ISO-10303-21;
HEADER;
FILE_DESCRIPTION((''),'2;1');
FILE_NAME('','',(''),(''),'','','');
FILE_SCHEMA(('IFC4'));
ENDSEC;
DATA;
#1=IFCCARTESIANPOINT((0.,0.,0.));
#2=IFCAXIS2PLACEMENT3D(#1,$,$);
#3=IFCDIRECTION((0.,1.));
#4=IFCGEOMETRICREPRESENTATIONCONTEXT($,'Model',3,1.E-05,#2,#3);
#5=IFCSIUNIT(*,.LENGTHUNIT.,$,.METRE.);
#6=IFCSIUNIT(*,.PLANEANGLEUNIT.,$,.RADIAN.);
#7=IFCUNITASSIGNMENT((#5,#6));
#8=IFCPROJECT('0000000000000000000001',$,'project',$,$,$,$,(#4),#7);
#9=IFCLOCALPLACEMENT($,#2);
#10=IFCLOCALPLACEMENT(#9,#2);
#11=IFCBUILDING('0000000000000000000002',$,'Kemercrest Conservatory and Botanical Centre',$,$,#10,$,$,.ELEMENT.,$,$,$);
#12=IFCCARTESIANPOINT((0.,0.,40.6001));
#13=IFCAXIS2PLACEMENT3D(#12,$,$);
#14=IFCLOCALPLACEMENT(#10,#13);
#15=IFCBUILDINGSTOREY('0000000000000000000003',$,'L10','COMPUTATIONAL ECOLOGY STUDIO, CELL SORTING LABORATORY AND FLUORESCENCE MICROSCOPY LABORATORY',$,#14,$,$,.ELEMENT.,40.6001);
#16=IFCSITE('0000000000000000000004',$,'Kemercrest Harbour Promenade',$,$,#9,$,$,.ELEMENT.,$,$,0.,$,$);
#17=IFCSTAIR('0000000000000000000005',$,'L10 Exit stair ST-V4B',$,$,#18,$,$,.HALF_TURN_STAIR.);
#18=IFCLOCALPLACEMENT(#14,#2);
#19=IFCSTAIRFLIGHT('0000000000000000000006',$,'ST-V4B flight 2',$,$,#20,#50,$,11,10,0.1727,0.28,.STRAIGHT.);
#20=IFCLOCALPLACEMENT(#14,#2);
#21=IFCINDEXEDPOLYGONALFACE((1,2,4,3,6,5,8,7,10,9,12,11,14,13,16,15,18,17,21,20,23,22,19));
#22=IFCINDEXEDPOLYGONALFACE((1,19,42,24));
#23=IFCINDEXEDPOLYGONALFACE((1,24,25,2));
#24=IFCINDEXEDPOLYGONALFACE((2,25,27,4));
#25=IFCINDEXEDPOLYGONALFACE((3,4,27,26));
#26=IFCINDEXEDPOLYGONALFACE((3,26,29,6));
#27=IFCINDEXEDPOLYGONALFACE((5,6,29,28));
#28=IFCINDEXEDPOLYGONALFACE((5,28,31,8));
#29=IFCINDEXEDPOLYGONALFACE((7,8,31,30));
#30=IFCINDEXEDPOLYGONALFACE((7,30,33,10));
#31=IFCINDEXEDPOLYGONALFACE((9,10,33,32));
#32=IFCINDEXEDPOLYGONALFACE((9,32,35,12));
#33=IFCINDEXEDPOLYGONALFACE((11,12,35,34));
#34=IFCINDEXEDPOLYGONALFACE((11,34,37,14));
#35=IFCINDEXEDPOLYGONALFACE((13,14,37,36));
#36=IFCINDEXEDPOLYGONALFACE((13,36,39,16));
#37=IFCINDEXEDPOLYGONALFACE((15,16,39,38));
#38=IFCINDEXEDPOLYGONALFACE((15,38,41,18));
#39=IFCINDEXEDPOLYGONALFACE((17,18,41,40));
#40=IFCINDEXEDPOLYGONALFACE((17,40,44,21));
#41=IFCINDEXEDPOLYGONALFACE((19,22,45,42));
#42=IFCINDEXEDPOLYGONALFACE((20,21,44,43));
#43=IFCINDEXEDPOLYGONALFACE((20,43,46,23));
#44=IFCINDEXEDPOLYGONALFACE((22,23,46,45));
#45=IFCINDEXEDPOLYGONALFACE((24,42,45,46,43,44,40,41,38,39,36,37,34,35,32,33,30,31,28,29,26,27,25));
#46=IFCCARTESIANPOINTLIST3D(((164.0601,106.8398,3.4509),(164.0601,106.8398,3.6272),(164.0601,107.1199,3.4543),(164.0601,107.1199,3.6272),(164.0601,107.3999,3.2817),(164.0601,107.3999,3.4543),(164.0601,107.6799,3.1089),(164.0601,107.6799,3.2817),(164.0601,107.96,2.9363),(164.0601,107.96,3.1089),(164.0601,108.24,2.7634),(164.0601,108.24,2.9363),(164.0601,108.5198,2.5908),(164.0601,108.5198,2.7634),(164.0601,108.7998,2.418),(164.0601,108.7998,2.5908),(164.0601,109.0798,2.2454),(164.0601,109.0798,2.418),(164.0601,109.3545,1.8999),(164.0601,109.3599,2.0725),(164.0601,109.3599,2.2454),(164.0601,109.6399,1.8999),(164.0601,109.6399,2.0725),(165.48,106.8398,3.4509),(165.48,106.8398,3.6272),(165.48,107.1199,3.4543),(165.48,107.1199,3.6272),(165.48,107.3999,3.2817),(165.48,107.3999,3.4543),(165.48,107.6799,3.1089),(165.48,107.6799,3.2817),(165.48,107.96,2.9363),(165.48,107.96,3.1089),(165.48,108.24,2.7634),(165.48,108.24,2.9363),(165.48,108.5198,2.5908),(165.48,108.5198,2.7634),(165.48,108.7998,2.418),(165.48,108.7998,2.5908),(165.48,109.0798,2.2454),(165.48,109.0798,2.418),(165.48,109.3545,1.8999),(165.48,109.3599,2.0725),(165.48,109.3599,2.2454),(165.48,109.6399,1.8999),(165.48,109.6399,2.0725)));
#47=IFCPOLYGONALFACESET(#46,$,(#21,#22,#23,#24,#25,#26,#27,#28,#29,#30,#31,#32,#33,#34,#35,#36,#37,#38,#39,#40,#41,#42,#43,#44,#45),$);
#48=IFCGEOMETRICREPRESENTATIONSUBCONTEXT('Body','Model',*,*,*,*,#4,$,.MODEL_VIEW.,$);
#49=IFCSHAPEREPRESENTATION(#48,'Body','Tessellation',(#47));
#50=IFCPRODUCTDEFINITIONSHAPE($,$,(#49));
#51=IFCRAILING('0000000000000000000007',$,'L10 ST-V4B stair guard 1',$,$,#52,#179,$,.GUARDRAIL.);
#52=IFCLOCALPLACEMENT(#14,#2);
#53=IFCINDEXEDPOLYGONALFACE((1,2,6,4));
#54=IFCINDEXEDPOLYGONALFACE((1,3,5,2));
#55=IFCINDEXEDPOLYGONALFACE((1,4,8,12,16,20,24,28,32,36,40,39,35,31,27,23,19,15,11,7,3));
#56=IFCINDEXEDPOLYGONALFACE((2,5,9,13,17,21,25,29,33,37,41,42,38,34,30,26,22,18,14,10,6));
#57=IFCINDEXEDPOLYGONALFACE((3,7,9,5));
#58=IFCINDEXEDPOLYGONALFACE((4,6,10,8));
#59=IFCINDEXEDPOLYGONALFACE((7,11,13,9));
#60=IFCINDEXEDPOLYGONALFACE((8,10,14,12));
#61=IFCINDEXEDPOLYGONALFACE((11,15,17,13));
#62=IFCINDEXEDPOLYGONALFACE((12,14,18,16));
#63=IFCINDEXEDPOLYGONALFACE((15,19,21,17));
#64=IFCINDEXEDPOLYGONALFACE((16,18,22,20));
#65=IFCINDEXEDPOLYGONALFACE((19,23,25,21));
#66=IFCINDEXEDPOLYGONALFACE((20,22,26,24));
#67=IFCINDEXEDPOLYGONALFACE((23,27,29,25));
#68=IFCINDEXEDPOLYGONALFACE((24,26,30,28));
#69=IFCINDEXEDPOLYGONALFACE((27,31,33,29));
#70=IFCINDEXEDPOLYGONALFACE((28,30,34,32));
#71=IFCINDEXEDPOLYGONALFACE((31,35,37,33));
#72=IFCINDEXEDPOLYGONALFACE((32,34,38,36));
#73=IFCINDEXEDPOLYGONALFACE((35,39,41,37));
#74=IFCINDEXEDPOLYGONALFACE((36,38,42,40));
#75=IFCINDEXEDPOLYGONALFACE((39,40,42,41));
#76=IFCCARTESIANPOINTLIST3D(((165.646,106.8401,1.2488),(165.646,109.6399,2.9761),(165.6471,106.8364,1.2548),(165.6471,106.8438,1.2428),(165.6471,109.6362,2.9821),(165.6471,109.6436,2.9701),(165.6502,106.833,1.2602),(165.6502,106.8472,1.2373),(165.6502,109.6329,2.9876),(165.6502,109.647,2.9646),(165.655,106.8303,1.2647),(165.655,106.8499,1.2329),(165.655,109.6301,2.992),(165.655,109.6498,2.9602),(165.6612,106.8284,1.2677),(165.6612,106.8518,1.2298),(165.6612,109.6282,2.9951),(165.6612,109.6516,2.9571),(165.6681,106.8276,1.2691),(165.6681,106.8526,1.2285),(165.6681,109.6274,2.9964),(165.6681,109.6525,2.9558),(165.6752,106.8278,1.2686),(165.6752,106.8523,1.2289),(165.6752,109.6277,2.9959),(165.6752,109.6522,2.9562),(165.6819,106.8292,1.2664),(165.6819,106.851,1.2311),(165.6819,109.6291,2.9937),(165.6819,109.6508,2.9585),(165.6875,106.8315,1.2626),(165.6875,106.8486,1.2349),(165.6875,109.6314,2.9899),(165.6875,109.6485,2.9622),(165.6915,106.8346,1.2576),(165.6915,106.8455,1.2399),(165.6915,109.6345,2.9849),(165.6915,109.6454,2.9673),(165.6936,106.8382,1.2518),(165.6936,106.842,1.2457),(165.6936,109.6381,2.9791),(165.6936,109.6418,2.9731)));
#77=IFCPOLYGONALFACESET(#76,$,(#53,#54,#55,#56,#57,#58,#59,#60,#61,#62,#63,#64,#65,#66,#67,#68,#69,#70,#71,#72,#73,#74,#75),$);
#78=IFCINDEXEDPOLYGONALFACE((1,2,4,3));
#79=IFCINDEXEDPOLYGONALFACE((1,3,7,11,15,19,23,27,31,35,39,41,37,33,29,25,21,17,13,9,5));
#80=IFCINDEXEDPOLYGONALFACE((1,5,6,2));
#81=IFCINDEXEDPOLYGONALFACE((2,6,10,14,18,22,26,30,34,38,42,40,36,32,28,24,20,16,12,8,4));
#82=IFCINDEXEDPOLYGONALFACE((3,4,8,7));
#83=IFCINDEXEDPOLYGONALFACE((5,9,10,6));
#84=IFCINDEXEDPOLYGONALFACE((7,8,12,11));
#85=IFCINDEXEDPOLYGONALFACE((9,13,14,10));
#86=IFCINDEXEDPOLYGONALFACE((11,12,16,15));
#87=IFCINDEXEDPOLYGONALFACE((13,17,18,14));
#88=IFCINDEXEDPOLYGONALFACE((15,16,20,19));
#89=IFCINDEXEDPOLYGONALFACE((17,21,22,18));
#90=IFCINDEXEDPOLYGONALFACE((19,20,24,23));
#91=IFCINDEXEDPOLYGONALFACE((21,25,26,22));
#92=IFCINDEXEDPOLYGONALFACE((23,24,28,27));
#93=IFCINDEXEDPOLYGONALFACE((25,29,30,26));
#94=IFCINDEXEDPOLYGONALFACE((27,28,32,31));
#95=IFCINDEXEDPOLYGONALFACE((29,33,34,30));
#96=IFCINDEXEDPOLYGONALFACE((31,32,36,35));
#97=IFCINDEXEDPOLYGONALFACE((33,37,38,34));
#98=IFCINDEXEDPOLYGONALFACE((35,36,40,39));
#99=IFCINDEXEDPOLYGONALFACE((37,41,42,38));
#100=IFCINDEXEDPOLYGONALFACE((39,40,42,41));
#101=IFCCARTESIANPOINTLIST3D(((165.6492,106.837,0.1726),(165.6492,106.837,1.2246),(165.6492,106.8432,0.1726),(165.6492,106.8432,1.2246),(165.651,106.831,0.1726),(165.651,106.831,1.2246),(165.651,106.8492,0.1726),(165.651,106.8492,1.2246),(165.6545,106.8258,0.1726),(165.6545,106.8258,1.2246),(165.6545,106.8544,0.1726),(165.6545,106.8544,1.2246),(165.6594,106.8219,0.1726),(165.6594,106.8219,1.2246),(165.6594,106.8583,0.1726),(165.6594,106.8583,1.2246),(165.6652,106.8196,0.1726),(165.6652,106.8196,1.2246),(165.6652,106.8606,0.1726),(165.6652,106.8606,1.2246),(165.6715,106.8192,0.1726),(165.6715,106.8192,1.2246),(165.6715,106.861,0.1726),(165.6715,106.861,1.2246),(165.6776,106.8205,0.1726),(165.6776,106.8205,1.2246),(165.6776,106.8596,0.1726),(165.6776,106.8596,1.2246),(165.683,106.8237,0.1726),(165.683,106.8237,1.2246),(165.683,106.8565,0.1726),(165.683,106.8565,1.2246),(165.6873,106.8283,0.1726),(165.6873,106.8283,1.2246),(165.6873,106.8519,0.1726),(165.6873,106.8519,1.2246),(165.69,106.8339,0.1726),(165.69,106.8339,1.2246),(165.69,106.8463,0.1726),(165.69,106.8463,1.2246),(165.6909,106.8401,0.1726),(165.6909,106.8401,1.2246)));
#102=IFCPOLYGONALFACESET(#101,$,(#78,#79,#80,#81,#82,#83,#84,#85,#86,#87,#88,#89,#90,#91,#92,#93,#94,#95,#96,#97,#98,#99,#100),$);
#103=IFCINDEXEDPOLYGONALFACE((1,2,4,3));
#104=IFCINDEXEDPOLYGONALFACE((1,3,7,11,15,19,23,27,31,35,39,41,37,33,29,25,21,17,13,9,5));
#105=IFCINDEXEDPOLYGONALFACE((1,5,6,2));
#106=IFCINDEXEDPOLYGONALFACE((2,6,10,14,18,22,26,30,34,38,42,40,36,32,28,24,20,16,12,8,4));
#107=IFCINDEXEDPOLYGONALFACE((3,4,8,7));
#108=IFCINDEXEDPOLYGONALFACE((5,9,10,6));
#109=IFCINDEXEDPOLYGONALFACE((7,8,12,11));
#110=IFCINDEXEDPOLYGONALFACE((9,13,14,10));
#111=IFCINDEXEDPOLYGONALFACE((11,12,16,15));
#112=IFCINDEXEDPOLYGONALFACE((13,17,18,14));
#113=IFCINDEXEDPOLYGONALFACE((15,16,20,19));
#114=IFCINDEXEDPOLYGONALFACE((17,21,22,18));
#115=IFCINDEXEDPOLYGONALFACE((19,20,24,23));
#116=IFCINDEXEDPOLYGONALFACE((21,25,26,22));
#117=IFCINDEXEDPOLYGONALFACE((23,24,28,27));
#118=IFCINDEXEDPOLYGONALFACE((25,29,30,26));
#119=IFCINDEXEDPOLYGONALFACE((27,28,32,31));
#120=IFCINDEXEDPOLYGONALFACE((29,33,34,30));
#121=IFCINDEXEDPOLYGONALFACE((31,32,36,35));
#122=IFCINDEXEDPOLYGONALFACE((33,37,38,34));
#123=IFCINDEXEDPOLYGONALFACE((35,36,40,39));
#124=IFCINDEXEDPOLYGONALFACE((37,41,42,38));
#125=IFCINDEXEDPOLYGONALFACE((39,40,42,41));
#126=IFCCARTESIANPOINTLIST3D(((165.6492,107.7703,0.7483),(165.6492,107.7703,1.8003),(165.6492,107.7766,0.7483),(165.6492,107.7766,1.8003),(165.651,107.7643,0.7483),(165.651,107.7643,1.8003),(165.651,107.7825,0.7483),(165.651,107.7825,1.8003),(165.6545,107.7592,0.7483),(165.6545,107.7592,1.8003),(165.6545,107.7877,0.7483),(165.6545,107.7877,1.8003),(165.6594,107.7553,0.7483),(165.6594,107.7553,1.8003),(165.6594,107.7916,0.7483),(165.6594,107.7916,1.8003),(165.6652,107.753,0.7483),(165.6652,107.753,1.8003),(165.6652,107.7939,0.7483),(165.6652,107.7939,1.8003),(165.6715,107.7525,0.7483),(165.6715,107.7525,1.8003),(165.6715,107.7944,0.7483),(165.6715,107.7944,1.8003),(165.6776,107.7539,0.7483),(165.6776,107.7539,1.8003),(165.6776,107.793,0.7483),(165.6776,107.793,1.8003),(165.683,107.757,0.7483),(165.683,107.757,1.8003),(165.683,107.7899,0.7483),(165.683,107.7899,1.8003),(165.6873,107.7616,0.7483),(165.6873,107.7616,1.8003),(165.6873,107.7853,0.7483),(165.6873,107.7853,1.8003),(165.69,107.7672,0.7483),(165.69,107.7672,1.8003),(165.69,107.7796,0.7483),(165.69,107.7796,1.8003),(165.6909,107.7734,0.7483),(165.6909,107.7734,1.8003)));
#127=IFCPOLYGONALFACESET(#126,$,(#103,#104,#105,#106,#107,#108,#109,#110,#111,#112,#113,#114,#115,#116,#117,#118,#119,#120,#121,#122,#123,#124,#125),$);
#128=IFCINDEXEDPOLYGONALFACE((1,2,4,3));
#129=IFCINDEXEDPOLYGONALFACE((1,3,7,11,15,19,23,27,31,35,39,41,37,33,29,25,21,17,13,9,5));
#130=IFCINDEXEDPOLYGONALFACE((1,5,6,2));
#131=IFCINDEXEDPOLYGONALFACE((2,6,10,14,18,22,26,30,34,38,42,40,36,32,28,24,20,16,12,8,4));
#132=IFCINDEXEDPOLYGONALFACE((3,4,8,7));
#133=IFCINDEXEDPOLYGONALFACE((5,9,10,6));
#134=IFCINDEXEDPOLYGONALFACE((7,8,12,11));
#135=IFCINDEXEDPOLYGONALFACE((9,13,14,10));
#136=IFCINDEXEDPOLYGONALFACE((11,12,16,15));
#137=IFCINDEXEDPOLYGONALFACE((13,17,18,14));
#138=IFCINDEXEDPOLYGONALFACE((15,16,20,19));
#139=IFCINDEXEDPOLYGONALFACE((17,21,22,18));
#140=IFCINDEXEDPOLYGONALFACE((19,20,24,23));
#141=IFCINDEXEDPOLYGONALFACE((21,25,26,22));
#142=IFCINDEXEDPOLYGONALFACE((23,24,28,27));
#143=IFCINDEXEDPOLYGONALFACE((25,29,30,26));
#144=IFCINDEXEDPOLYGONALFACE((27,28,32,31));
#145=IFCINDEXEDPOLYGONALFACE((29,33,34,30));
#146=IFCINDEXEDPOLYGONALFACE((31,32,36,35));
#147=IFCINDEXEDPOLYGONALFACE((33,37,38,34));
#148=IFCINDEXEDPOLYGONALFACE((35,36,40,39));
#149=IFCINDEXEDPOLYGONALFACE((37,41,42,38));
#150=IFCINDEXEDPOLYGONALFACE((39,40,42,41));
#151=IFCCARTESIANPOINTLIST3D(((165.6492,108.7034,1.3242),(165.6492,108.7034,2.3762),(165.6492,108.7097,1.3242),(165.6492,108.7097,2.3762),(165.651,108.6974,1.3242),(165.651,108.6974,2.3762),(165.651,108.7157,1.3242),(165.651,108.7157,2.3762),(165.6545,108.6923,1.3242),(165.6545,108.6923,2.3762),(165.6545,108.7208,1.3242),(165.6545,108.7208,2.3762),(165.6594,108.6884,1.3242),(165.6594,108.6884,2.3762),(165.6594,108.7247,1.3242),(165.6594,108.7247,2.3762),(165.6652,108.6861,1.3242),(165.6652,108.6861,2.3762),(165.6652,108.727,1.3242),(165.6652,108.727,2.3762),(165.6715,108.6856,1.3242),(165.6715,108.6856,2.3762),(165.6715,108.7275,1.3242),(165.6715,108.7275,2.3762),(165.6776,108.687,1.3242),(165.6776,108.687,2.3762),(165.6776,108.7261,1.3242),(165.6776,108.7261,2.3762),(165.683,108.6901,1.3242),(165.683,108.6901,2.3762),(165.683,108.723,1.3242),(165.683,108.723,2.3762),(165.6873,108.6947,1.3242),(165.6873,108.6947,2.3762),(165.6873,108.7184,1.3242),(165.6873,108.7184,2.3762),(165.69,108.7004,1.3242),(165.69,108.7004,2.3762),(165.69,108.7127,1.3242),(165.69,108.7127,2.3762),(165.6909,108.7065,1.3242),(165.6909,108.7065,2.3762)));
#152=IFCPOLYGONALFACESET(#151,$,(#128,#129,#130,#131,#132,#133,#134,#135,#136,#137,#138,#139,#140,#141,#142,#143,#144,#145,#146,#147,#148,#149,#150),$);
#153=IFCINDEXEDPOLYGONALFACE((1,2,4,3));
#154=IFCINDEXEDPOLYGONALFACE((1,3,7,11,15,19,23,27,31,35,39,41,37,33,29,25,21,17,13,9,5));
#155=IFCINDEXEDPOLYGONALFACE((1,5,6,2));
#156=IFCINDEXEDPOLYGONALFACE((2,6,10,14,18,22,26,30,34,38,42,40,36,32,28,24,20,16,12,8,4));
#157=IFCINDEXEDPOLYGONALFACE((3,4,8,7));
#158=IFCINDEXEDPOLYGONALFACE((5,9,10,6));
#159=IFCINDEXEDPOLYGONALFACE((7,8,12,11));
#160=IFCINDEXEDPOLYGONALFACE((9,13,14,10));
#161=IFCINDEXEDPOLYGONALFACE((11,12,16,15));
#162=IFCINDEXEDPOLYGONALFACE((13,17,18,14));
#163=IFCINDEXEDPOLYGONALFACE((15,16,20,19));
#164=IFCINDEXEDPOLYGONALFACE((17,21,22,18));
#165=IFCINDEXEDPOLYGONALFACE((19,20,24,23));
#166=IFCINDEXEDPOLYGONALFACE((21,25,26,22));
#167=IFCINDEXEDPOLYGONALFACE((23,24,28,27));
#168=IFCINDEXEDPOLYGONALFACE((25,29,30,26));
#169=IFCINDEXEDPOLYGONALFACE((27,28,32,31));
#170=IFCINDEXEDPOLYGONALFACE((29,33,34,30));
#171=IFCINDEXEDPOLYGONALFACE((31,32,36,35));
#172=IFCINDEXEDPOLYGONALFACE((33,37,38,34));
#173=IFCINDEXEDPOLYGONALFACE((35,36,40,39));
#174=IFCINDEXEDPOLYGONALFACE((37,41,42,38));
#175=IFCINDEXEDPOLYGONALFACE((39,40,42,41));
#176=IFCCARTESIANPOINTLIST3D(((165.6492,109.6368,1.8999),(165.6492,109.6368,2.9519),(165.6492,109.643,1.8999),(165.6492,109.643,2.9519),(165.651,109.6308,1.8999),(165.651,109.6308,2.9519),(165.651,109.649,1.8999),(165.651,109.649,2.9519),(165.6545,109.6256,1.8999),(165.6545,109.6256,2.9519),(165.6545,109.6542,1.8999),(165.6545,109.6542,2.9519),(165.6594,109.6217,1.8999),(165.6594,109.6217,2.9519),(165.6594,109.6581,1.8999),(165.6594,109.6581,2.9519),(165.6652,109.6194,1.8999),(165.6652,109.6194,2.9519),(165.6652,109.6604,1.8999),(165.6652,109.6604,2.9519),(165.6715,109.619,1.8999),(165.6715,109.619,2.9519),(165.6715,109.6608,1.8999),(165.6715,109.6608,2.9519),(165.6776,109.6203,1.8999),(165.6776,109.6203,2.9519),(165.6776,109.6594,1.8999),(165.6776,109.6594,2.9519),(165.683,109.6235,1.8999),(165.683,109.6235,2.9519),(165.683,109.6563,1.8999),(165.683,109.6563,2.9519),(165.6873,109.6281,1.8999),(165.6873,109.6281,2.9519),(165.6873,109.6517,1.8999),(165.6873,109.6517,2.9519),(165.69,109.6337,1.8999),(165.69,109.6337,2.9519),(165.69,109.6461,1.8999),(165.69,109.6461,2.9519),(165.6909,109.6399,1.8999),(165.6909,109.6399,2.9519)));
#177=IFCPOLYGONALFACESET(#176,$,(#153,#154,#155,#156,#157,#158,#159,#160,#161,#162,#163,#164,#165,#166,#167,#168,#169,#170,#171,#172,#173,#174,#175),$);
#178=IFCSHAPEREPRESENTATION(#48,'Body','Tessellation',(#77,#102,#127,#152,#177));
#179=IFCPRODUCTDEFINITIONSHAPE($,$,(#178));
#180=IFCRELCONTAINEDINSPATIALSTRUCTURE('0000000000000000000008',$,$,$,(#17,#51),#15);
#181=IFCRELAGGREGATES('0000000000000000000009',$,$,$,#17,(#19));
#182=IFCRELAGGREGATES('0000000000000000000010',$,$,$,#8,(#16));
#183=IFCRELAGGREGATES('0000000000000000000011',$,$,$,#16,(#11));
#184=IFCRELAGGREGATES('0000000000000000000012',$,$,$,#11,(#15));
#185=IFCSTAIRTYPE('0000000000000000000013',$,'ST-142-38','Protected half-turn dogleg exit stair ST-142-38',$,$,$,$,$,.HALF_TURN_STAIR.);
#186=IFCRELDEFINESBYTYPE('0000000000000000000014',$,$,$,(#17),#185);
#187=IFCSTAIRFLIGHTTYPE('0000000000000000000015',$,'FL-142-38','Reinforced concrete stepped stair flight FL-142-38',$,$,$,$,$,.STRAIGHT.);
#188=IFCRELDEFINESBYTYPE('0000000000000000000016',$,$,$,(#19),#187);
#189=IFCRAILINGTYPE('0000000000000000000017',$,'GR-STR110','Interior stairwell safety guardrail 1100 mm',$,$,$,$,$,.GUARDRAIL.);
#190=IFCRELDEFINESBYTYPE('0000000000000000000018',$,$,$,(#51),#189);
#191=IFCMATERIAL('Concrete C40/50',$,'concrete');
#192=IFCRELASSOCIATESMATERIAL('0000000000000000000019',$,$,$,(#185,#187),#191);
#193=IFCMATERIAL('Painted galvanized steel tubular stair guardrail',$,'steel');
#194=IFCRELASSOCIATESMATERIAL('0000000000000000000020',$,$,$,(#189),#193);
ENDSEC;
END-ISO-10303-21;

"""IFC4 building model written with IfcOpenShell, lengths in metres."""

from ifc_helpers import new_model, si_unit, direction, frame, origin, origin_2d, place, context, subcontext, project, spatial, polyline, circle, outline, extrude, material, type_object, element, aggregate, save


model = new_model("IFC4")

# Units and contexts
model_context = context("Model", 3, precision=1e-05, world=origin(), true_north=direction((0.0, 1.0)))
body_context = subcontext(model_context, "Body", "Model", "MODEL_VIEW")
ifc_project = project(units=[si_unit("LENGTHUNIT", "METRE"), si_unit("PLANEANGLEUNIT", "RADIAN")], contexts=[model_context])

# Site, building, storey
site_placement = place(None, origin())
site = spatial("IfcSite", under=ifc_project, at=site_placement, Name="Kemercrest Harbour Promenade", CompositionType="ELEMENT", RefElevation=0.0)
building_placement = place(site_placement, origin())
building = spatial("IfcBuilding", under=site, at=building_placement, Name="Kemercrest Conservatory and Botanical Centre", CompositionType="ELEMENT")
storey_placement = place(building_placement, frame((0.0, 0.0, 40.6001)))
storey = spatial("IfcBuildingStorey", under=building, at=storey_placement, Name="L10", Description="COMPUTATIONAL ECOLOGY STUDIO, CELL SORTING LABORATORY AND FLUORESCENCE MICROSCOPY LABORATORY", CompositionType="ELEMENT", Elevation=40.6001)

# Shared definitions
ifc_material_1 = material(Name="Concrete C40/50", Category="concrete")

# Stair, stair flight
stair_type = type_object("IfcStairType", Name="ST-142-38", Description="Protected half-turn dogleg exit stair ST-142-38", PredefinedType="HALF_TURN_STAIR", material=ifc_material_1)
stair_placement = place(storey_placement, origin())
stair = element("IfcStair", 1, at=stair_placement, inside=storey, type_object=stair_type, Name="L10 Exit stair ST-V4B", PredefinedType="HALF_TURN_STAIR")
stair_flight_type = type_object("IfcStairFlightType", Name="FL-142-38", Description="Reinforced concrete stepped stair flight FL-142-38", PredefinedType="STRAIGHT", material=ifc_material_1)
stair_flight_1_placement = place(storey_placement, frame((164.77, 109.6399, 1.8999), z_axis=(0.0, 0.0, 1.0), x_axis=(0.0, -1.0, 0.0)))
stair_flight_1 = element("IfcStairFlight", 2, at=stair_flight_1_placement, type_object=stair_flight_type, Name="ST-V4B flight 2", NumberOfRisers=11, NumberOfTreads=10, PredefinedType="STRAIGHT", RiserHeight=0.1727, TreadLength=0.28, context=body_context, shape_type="SweptSolid", body=[
    extrude(outline(polyline([(0.0, 0.0), (0.0, 0.1726), (0.28, 0.1726), (0.28, 0.3455), (0.5601, 0.3455), (0.5601, 0.5181), (0.8401, 0.5181), (0.8401, 0.6909), (1.1201, 0.6909), (1.1201, 0.8635), (1.3999, 0.8635), (1.3999, 1.0364), (1.6799, 1.0364), (1.6799, 1.209), (1.96, 1.209), (1.96, 1.3818), (2.24, 1.3818), (2.24, 1.5544), (2.52, 1.5544), (2.52, 1.7273), (2.8, 1.7273), (2.8, 1.8999), (2.8, 1.551), (0.2854, 0.0), (0.0, 0.0)])), frame((0.0, 0.71, 0.0), z_axis=(0.0, -1.0, 0.0), x_axis=(1.0, 0.0, 0.0)), (0.0, 0.0, 1.0), 1.4199),
])
aggregate(stair, [stair_flight_1])

# Railing
ifc_material_2 = material(Name="Painted galvanized steel tubular stair guardrail", Category="steel")
railing_type_1 = type_object("IfcRailingType", Name="GR-STR110", Description="Interior stairwell safety guardrail 1100 mm", PredefinedType="GUARDRAIL", material=ifc_material_2)
railing_1_placement = place(storey_placement, frame((165.6699, 106.8401, 0.1726)))
element("IfcRailing", 3, at=railing_1_placement, inside=storey, type_object=railing_type_1, Name="L10 ST-V4B stair guard 1", PredefinedType="GUARDRAIL", context=body_context, shape_type="SweptSolid", body=[
    extrude(circle(Radius=0.0239, at=origin_2d()), frame((0.0, 0.0, 1.0762), z_axis=(0.0, 0.851069, 0.525054), x_axis=(-1.0, 0.0, 0.0)), (0.0, 0.0, 1.0), 3.2898),
    extrude(circle(Radius=0.021, at=origin_2d()), origin(), (0.0, 0.0, 1.0), 1.052),
    extrude(circle(Radius=0.021, at=origin_2d()), frame((0.0, 0.9333, 0.5757)), (0.0, 0.0, 1.0), 1.052),
    extrude(circle(Radius=0.021, at=origin_2d()), frame((0.0, 1.8665, 1.1516)), (0.0, 0.0, 1.0), 1.052),
    extrude(circle(Radius=0.021, at=origin_2d()), frame((0.0, 2.7998, 1.7273)), (0.0, 0.0, 1.0), 1.052),
])

save(model, "model.ifc")
